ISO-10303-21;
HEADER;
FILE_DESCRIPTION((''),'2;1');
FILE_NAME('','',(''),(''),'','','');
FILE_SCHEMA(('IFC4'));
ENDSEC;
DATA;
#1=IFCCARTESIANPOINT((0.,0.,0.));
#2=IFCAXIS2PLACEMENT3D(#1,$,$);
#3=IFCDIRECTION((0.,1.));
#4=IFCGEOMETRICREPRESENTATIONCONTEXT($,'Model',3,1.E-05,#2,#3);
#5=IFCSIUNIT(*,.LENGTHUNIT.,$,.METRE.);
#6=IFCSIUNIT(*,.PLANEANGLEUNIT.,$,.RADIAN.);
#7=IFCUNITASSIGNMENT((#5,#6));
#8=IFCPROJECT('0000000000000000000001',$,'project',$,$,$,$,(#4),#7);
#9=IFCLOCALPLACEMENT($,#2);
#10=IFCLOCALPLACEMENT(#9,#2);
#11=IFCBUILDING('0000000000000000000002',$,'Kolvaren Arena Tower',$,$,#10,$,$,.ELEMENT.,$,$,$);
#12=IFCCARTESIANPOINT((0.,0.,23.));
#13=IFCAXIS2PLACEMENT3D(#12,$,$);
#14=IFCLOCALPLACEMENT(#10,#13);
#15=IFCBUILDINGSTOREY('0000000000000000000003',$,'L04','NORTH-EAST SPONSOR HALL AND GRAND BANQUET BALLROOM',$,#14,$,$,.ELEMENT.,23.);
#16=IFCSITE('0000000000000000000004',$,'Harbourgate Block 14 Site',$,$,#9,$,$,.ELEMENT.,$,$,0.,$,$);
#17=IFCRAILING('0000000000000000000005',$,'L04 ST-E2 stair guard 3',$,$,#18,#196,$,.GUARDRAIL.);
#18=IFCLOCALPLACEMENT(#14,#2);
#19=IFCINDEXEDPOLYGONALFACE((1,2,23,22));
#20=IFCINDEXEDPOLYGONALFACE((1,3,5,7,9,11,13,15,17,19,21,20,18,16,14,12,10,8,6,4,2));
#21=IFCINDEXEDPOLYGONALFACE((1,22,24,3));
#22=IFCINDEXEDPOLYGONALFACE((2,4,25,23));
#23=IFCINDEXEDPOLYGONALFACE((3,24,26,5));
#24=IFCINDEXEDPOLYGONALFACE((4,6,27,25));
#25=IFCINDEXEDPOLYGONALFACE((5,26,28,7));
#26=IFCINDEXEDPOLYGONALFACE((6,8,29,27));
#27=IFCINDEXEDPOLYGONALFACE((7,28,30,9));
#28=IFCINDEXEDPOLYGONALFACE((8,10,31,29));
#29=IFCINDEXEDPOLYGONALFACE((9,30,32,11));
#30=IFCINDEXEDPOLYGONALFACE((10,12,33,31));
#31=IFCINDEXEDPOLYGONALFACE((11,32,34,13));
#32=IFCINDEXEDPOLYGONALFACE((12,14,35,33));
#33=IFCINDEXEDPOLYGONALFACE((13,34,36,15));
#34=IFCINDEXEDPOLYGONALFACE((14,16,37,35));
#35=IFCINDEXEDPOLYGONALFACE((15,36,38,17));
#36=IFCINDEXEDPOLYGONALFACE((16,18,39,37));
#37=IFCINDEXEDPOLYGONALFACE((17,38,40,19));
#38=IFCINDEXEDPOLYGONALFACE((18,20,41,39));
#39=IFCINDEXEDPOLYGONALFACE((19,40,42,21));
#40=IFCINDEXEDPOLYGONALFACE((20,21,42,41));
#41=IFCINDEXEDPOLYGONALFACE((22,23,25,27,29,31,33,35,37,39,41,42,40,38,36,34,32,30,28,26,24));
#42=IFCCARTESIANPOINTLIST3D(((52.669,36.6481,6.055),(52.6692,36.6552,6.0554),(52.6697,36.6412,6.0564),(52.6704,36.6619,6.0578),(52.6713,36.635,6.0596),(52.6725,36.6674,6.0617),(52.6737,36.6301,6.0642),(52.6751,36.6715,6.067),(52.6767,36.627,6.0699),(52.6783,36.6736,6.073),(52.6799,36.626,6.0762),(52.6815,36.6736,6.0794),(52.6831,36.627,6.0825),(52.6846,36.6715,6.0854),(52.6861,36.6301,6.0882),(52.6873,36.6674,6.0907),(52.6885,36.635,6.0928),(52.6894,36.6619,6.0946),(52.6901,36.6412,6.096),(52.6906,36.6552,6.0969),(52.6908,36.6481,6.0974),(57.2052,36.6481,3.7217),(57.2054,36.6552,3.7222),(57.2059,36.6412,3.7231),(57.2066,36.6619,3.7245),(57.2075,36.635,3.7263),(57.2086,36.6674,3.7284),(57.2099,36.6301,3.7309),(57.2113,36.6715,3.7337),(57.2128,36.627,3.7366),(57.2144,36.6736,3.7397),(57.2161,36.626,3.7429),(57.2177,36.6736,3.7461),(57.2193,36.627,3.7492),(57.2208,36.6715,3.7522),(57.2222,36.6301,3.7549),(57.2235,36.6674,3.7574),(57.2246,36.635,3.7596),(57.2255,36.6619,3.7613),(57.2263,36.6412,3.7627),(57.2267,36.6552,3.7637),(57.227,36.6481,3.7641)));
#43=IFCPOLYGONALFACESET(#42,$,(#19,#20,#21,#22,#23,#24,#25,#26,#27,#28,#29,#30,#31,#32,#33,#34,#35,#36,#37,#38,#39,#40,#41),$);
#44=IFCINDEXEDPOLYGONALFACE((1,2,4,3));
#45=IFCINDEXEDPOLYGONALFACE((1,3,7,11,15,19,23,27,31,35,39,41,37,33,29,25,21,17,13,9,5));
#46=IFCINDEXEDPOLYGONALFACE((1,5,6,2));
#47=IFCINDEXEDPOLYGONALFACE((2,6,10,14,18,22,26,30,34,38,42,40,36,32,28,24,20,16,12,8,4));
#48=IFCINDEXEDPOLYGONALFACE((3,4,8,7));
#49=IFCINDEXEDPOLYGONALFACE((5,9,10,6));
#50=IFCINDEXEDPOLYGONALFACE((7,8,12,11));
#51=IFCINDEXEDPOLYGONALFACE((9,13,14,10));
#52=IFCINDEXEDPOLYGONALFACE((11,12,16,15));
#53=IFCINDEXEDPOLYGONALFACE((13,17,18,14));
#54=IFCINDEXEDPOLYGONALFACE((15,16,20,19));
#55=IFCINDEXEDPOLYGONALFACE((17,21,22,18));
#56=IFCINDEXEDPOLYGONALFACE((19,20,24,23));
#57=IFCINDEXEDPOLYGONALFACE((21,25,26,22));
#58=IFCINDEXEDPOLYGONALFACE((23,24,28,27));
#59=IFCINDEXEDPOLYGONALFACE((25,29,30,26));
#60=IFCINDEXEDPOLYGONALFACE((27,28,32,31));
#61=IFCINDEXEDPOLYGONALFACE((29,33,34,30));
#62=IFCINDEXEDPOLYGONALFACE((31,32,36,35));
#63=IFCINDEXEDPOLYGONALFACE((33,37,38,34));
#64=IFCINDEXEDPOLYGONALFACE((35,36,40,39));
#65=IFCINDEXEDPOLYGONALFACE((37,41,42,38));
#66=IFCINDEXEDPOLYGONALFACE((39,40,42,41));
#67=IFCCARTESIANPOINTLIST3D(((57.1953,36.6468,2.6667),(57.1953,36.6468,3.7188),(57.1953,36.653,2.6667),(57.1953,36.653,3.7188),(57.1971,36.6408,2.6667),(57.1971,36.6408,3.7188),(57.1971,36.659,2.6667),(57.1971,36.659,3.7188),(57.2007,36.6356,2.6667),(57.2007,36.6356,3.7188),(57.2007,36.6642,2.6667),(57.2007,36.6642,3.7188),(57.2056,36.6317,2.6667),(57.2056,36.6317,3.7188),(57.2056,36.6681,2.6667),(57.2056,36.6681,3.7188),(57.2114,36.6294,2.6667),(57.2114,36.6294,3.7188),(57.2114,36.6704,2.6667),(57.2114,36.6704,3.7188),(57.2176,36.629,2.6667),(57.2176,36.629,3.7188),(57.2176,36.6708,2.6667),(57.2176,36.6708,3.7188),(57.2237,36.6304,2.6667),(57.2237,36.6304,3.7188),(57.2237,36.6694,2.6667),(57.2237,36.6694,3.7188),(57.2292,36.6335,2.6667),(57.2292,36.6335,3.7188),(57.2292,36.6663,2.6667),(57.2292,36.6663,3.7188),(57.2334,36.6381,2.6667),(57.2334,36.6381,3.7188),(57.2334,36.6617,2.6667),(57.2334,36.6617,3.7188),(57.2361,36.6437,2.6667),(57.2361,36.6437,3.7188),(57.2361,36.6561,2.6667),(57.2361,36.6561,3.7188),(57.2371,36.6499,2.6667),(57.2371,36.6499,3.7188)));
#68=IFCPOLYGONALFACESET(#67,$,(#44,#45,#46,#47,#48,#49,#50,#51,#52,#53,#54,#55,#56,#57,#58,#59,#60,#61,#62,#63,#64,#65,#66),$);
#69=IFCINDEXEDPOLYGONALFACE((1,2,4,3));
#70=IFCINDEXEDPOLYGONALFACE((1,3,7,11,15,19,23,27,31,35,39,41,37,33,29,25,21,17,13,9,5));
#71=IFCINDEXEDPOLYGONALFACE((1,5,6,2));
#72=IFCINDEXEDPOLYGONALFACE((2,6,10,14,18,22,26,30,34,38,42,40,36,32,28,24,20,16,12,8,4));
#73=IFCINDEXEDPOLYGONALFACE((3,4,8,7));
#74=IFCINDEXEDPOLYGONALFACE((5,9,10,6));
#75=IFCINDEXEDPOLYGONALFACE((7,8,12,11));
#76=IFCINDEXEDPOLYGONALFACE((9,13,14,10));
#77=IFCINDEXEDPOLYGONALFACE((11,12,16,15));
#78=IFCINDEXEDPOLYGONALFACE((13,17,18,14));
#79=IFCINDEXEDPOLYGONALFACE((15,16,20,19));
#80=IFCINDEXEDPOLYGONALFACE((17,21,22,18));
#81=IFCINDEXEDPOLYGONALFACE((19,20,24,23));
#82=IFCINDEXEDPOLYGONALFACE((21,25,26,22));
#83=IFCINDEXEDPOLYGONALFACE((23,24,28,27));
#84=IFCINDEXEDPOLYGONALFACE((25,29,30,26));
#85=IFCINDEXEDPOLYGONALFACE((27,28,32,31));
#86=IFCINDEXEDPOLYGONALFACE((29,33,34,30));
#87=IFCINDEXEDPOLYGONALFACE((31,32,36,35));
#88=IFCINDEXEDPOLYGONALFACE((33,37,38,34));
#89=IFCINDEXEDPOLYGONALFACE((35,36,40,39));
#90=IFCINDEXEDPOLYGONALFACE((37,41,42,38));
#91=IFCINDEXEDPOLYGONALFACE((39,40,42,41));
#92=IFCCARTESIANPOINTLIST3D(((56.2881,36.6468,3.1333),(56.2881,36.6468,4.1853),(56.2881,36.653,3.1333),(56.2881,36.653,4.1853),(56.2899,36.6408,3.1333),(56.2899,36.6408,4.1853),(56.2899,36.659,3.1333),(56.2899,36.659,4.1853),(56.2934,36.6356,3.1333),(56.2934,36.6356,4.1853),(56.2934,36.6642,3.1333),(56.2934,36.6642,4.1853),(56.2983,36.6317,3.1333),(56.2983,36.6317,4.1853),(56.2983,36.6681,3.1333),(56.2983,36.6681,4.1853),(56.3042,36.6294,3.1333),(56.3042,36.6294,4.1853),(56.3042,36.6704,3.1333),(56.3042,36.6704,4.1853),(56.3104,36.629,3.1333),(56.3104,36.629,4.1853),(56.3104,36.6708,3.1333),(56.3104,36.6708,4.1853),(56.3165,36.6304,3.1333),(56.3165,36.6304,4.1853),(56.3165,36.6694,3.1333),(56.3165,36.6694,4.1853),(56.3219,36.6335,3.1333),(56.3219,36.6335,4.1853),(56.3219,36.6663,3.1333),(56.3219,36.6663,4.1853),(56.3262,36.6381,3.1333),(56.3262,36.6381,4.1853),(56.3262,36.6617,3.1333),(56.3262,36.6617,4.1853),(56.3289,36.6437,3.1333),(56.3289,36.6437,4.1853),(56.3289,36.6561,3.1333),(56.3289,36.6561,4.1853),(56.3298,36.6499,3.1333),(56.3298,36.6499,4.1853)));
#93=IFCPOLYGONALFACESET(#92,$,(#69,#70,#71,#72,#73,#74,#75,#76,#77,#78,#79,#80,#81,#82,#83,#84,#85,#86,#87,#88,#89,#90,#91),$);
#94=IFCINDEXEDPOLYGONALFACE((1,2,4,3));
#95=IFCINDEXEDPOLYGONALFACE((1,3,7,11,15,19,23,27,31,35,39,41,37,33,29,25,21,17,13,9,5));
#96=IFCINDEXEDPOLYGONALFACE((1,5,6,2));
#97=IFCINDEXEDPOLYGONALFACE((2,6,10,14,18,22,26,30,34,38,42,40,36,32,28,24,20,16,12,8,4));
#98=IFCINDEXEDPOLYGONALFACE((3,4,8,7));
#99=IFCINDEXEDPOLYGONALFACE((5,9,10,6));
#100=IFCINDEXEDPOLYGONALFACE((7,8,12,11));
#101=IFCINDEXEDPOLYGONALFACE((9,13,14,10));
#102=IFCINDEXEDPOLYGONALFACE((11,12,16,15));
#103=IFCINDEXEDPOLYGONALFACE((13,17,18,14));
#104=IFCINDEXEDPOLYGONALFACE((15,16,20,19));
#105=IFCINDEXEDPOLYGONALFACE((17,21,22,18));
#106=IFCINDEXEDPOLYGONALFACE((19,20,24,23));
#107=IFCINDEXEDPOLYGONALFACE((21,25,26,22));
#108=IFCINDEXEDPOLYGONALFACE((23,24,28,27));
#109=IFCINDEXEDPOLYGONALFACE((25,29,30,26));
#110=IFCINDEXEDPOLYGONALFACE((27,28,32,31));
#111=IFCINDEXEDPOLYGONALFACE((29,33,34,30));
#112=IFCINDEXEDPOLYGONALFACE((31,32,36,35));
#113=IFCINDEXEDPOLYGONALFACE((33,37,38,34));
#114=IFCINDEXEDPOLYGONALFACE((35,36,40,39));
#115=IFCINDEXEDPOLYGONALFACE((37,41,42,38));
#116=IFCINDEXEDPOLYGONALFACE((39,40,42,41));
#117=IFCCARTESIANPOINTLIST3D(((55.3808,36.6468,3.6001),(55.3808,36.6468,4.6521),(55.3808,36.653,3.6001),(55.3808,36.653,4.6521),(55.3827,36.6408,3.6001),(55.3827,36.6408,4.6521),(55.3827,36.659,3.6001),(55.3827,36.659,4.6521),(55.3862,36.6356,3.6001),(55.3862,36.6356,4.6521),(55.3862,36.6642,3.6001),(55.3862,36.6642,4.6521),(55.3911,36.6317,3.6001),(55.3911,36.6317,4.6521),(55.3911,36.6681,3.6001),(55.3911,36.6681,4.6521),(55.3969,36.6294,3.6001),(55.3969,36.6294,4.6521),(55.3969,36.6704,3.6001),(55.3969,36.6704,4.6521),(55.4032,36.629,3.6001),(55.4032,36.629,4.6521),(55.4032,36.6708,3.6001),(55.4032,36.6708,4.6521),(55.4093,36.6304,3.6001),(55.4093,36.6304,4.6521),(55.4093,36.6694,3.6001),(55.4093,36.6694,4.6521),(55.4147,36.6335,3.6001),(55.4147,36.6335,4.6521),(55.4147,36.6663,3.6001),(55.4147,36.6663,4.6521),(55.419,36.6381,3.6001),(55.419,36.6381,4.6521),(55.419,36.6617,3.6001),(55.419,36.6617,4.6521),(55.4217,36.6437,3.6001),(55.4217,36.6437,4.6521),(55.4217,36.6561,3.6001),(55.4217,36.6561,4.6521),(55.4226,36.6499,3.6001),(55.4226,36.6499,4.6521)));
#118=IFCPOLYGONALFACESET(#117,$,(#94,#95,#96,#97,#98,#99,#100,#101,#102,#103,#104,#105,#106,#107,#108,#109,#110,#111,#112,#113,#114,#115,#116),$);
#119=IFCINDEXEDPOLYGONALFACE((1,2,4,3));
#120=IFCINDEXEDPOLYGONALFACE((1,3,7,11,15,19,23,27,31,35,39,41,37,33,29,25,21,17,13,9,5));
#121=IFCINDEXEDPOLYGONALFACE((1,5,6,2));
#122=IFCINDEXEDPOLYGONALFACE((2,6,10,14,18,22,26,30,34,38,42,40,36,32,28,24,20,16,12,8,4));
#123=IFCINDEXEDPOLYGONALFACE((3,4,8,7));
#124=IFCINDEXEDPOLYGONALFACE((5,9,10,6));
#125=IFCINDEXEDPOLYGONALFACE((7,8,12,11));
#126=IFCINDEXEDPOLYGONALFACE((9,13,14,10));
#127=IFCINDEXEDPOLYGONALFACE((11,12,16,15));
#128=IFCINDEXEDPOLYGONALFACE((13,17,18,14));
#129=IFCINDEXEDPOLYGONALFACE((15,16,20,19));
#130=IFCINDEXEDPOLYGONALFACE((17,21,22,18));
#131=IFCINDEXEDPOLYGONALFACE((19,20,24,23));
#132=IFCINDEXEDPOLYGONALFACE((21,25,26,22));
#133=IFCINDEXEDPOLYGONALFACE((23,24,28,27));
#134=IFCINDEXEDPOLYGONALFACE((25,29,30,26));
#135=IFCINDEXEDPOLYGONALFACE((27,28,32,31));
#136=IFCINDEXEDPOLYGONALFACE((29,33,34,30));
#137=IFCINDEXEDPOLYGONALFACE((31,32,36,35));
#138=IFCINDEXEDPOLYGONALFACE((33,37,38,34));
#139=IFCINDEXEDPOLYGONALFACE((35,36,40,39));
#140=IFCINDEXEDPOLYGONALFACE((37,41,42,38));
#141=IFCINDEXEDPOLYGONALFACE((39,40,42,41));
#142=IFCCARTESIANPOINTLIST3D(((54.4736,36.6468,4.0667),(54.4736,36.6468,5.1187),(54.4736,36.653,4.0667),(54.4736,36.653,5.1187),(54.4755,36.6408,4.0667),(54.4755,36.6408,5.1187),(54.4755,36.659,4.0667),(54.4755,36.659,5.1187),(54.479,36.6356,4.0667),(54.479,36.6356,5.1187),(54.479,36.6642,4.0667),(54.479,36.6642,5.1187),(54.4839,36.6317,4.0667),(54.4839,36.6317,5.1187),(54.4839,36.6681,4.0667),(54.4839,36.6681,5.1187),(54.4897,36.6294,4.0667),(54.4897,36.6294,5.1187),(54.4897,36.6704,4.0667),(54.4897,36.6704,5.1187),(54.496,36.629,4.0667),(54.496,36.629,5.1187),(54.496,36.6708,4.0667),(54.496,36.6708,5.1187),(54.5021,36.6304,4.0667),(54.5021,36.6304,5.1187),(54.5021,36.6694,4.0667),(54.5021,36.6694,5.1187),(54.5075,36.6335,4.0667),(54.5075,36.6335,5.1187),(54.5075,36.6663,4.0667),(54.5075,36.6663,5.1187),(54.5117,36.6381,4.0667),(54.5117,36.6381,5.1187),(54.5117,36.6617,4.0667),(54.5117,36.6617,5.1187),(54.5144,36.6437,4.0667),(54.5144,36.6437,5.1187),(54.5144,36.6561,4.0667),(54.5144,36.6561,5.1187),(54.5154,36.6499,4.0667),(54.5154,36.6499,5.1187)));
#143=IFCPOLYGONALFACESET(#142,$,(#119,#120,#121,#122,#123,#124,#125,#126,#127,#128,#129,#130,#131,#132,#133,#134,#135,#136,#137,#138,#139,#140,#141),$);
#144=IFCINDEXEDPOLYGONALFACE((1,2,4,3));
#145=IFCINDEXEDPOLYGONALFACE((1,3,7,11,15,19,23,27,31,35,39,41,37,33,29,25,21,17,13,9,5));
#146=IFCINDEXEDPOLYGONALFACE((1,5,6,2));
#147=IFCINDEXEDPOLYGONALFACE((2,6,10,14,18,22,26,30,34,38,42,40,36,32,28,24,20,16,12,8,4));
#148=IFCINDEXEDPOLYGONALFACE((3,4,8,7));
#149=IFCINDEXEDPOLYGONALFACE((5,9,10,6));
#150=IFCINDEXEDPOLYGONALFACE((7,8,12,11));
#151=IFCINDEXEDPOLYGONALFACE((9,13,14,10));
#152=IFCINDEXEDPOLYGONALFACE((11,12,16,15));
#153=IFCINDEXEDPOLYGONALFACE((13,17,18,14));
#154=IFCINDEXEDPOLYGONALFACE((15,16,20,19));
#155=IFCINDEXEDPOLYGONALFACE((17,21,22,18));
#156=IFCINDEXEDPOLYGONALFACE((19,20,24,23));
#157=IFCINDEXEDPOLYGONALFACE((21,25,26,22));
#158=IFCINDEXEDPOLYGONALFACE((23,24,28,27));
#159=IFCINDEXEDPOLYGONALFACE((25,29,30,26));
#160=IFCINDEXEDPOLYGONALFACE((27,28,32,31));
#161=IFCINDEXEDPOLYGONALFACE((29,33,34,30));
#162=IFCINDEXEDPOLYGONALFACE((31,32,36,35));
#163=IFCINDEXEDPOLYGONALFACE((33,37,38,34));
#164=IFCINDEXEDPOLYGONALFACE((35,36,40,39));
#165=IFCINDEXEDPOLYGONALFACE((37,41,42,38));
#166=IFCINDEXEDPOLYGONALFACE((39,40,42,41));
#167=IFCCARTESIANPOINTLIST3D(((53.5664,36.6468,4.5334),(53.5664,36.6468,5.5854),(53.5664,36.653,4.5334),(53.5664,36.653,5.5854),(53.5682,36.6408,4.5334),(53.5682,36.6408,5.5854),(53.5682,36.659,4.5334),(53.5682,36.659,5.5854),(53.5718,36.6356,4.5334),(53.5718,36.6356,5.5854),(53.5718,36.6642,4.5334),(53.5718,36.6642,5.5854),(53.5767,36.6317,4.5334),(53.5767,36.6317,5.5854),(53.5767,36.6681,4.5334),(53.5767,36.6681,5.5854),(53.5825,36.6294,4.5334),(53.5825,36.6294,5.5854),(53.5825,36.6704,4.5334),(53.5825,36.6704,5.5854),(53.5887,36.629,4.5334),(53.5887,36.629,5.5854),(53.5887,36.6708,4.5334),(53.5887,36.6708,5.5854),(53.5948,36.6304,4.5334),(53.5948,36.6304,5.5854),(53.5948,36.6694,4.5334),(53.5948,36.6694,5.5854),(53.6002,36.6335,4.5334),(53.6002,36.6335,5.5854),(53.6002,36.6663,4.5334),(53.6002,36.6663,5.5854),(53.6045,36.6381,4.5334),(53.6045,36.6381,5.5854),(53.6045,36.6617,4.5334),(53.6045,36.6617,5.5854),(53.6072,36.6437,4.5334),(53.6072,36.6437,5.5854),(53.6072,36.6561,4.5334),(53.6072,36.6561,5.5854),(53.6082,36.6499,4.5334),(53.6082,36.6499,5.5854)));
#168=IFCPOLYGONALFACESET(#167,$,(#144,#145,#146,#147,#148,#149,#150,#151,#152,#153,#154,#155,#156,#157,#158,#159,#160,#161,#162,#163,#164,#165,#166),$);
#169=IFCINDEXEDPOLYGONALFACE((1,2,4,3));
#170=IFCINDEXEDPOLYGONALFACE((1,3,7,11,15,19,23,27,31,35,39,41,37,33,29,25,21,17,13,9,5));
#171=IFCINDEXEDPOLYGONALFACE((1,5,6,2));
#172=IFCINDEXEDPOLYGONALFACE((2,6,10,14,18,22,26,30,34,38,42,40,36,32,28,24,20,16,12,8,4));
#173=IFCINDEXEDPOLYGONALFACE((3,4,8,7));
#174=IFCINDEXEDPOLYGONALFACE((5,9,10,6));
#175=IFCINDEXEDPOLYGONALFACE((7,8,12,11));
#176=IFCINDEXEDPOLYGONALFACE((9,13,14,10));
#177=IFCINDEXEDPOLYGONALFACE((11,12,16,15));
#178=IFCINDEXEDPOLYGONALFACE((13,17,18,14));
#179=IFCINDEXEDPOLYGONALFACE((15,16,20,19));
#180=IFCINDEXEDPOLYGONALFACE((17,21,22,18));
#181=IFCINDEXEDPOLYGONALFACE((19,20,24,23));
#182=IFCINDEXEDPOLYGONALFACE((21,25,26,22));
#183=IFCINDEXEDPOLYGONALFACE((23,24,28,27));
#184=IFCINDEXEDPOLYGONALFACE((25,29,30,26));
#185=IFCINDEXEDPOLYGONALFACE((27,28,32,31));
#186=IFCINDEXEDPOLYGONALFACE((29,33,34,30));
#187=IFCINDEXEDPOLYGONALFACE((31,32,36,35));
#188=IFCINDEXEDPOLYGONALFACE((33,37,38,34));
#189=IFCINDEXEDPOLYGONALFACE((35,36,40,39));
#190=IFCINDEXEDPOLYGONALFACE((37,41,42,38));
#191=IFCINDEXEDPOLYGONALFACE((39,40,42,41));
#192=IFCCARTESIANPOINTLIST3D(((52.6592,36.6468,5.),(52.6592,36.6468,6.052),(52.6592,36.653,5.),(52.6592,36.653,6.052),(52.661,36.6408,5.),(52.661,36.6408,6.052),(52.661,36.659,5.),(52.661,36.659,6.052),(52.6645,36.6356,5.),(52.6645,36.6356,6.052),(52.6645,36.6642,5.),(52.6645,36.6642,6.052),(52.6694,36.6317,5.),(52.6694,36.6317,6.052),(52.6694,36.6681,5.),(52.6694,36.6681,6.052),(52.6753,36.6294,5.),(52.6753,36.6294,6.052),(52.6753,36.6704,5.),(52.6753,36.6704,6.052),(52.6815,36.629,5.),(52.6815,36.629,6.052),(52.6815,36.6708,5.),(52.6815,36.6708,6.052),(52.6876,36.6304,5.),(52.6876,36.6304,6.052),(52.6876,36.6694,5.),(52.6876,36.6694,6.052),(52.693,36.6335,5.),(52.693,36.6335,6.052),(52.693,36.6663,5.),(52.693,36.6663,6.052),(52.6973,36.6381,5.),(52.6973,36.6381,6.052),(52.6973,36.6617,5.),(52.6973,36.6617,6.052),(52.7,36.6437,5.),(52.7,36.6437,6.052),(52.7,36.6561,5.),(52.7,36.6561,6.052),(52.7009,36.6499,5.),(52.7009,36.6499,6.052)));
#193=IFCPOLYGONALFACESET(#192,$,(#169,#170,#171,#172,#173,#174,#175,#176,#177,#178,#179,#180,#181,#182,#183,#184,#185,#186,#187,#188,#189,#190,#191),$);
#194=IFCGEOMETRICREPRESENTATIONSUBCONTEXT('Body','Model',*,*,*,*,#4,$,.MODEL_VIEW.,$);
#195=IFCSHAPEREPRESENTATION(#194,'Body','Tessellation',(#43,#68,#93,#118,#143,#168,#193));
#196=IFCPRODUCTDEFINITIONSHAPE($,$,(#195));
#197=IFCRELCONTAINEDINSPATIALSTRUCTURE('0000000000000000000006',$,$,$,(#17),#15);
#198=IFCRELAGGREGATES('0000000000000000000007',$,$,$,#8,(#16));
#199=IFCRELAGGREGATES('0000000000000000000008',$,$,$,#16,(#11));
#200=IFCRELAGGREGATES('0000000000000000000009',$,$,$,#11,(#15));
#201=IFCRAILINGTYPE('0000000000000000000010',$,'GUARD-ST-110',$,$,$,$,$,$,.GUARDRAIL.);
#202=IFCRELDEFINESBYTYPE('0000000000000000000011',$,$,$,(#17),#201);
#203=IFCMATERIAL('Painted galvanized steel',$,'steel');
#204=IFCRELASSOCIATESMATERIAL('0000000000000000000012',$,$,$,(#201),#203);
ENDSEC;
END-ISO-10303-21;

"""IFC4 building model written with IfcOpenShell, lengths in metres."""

from ifc_helpers import new_model, si_unit, direction, frame, origin, origin_2d, place, context, subcontext, project, spatial, circle, extrude, material, type_object, element, save


model = new_model("IFC4")

# Units and contexts
model_context = context("Model", 3, precision=1e-05, world=origin(), true_north=direction((0.0, 1.0)))
body_context = subcontext(model_context, "Body", "Model", "MODEL_VIEW")
ifc_project = project(units=[si_unit("LENGTHUNIT", "METRE"), si_unit("PLANEANGLEUNIT", "RADIAN")], contexts=[model_context])

# Site, building, storey
site_placement = place(None, origin())
site = spatial("IfcSite", under=ifc_project, at=site_placement, Name="Harbourgate Block 14 Site", CompositionType="ELEMENT", RefElevation=0.0)
building_placement = place(site_placement, origin())
building = spatial("IfcBuilding", under=site, at=building_placement, Name="Kolvaren Arena Tower", CompositionType="ELEMENT")
storey_placement = place(building_placement, frame((0.0, 0.0, 23.0)))
storey = spatial("IfcBuildingStorey", under=building, at=storey_placement, Name="L04", Description="NORTH-EAST SPONSOR HALL AND GRAND BANQUET BALLROOM", CompositionType="ELEMENT", Elevation=23.0)

# Railing
ifc_material_1 = material(Name="Painted galvanized steel", Category="steel")
railing_type_1 = type_object("IfcRailingType", Name="GUARD-ST-110", PredefinedType="GUARDRAIL", material=ifc_material_1)
railing_1_placement = place(storey_placement, frame((57.2161, 36.6499, 2.6667)))
element("IfcRailing", 1, at=railing_1_placement, inside=storey, type_object=railing_type_1, Name="L04 ST-E2 stair guard 3", PredefinedType="GUARDRAIL", context=body_context, shape_type="SweptSolid", body=[
    extrude(circle(Radius=0.0239, at=origin_2d()), frame((0.0, 0.0, 1.0762), z_axis=(-0.889257, 0.0, 0.457407), x_axis=(0.0, -1.0, 0.0)), (0.0, 0.0, 1.0), 5.1011),
    extrude(circle(Radius=0.021, at=origin_2d()), origin(), (0.0, 0.0, 1.0), 1.052),
    extrude(circle(Radius=0.021, at=origin_2d()), frame((-0.9072, 0.0, 0.4666)), (0.0, 0.0, 1.0), 1.052),
    extrude(circle(Radius=0.021, at=origin_2d()), frame((-1.8145, 0.0, 0.9333)), (0.0, 0.0, 1.0), 1.052),
    extrude(circle(Radius=0.021, at=origin_2d()), frame((-2.7217, 0.0, 1.3999)), (0.0, 0.0, 1.0), 1.052),
    extrude(circle(Radius=0.021, at=origin_2d()), frame((-3.6289, 0.0, 1.8667)), (0.0, 0.0, 1.0), 1.052),
    extrude(circle(Radius=0.021, at=origin_2d()), frame((-4.5361, 0.0, 2.3333)), (0.0, 0.0, 1.0), 1.052),
])

save(model, "model.ifc")
